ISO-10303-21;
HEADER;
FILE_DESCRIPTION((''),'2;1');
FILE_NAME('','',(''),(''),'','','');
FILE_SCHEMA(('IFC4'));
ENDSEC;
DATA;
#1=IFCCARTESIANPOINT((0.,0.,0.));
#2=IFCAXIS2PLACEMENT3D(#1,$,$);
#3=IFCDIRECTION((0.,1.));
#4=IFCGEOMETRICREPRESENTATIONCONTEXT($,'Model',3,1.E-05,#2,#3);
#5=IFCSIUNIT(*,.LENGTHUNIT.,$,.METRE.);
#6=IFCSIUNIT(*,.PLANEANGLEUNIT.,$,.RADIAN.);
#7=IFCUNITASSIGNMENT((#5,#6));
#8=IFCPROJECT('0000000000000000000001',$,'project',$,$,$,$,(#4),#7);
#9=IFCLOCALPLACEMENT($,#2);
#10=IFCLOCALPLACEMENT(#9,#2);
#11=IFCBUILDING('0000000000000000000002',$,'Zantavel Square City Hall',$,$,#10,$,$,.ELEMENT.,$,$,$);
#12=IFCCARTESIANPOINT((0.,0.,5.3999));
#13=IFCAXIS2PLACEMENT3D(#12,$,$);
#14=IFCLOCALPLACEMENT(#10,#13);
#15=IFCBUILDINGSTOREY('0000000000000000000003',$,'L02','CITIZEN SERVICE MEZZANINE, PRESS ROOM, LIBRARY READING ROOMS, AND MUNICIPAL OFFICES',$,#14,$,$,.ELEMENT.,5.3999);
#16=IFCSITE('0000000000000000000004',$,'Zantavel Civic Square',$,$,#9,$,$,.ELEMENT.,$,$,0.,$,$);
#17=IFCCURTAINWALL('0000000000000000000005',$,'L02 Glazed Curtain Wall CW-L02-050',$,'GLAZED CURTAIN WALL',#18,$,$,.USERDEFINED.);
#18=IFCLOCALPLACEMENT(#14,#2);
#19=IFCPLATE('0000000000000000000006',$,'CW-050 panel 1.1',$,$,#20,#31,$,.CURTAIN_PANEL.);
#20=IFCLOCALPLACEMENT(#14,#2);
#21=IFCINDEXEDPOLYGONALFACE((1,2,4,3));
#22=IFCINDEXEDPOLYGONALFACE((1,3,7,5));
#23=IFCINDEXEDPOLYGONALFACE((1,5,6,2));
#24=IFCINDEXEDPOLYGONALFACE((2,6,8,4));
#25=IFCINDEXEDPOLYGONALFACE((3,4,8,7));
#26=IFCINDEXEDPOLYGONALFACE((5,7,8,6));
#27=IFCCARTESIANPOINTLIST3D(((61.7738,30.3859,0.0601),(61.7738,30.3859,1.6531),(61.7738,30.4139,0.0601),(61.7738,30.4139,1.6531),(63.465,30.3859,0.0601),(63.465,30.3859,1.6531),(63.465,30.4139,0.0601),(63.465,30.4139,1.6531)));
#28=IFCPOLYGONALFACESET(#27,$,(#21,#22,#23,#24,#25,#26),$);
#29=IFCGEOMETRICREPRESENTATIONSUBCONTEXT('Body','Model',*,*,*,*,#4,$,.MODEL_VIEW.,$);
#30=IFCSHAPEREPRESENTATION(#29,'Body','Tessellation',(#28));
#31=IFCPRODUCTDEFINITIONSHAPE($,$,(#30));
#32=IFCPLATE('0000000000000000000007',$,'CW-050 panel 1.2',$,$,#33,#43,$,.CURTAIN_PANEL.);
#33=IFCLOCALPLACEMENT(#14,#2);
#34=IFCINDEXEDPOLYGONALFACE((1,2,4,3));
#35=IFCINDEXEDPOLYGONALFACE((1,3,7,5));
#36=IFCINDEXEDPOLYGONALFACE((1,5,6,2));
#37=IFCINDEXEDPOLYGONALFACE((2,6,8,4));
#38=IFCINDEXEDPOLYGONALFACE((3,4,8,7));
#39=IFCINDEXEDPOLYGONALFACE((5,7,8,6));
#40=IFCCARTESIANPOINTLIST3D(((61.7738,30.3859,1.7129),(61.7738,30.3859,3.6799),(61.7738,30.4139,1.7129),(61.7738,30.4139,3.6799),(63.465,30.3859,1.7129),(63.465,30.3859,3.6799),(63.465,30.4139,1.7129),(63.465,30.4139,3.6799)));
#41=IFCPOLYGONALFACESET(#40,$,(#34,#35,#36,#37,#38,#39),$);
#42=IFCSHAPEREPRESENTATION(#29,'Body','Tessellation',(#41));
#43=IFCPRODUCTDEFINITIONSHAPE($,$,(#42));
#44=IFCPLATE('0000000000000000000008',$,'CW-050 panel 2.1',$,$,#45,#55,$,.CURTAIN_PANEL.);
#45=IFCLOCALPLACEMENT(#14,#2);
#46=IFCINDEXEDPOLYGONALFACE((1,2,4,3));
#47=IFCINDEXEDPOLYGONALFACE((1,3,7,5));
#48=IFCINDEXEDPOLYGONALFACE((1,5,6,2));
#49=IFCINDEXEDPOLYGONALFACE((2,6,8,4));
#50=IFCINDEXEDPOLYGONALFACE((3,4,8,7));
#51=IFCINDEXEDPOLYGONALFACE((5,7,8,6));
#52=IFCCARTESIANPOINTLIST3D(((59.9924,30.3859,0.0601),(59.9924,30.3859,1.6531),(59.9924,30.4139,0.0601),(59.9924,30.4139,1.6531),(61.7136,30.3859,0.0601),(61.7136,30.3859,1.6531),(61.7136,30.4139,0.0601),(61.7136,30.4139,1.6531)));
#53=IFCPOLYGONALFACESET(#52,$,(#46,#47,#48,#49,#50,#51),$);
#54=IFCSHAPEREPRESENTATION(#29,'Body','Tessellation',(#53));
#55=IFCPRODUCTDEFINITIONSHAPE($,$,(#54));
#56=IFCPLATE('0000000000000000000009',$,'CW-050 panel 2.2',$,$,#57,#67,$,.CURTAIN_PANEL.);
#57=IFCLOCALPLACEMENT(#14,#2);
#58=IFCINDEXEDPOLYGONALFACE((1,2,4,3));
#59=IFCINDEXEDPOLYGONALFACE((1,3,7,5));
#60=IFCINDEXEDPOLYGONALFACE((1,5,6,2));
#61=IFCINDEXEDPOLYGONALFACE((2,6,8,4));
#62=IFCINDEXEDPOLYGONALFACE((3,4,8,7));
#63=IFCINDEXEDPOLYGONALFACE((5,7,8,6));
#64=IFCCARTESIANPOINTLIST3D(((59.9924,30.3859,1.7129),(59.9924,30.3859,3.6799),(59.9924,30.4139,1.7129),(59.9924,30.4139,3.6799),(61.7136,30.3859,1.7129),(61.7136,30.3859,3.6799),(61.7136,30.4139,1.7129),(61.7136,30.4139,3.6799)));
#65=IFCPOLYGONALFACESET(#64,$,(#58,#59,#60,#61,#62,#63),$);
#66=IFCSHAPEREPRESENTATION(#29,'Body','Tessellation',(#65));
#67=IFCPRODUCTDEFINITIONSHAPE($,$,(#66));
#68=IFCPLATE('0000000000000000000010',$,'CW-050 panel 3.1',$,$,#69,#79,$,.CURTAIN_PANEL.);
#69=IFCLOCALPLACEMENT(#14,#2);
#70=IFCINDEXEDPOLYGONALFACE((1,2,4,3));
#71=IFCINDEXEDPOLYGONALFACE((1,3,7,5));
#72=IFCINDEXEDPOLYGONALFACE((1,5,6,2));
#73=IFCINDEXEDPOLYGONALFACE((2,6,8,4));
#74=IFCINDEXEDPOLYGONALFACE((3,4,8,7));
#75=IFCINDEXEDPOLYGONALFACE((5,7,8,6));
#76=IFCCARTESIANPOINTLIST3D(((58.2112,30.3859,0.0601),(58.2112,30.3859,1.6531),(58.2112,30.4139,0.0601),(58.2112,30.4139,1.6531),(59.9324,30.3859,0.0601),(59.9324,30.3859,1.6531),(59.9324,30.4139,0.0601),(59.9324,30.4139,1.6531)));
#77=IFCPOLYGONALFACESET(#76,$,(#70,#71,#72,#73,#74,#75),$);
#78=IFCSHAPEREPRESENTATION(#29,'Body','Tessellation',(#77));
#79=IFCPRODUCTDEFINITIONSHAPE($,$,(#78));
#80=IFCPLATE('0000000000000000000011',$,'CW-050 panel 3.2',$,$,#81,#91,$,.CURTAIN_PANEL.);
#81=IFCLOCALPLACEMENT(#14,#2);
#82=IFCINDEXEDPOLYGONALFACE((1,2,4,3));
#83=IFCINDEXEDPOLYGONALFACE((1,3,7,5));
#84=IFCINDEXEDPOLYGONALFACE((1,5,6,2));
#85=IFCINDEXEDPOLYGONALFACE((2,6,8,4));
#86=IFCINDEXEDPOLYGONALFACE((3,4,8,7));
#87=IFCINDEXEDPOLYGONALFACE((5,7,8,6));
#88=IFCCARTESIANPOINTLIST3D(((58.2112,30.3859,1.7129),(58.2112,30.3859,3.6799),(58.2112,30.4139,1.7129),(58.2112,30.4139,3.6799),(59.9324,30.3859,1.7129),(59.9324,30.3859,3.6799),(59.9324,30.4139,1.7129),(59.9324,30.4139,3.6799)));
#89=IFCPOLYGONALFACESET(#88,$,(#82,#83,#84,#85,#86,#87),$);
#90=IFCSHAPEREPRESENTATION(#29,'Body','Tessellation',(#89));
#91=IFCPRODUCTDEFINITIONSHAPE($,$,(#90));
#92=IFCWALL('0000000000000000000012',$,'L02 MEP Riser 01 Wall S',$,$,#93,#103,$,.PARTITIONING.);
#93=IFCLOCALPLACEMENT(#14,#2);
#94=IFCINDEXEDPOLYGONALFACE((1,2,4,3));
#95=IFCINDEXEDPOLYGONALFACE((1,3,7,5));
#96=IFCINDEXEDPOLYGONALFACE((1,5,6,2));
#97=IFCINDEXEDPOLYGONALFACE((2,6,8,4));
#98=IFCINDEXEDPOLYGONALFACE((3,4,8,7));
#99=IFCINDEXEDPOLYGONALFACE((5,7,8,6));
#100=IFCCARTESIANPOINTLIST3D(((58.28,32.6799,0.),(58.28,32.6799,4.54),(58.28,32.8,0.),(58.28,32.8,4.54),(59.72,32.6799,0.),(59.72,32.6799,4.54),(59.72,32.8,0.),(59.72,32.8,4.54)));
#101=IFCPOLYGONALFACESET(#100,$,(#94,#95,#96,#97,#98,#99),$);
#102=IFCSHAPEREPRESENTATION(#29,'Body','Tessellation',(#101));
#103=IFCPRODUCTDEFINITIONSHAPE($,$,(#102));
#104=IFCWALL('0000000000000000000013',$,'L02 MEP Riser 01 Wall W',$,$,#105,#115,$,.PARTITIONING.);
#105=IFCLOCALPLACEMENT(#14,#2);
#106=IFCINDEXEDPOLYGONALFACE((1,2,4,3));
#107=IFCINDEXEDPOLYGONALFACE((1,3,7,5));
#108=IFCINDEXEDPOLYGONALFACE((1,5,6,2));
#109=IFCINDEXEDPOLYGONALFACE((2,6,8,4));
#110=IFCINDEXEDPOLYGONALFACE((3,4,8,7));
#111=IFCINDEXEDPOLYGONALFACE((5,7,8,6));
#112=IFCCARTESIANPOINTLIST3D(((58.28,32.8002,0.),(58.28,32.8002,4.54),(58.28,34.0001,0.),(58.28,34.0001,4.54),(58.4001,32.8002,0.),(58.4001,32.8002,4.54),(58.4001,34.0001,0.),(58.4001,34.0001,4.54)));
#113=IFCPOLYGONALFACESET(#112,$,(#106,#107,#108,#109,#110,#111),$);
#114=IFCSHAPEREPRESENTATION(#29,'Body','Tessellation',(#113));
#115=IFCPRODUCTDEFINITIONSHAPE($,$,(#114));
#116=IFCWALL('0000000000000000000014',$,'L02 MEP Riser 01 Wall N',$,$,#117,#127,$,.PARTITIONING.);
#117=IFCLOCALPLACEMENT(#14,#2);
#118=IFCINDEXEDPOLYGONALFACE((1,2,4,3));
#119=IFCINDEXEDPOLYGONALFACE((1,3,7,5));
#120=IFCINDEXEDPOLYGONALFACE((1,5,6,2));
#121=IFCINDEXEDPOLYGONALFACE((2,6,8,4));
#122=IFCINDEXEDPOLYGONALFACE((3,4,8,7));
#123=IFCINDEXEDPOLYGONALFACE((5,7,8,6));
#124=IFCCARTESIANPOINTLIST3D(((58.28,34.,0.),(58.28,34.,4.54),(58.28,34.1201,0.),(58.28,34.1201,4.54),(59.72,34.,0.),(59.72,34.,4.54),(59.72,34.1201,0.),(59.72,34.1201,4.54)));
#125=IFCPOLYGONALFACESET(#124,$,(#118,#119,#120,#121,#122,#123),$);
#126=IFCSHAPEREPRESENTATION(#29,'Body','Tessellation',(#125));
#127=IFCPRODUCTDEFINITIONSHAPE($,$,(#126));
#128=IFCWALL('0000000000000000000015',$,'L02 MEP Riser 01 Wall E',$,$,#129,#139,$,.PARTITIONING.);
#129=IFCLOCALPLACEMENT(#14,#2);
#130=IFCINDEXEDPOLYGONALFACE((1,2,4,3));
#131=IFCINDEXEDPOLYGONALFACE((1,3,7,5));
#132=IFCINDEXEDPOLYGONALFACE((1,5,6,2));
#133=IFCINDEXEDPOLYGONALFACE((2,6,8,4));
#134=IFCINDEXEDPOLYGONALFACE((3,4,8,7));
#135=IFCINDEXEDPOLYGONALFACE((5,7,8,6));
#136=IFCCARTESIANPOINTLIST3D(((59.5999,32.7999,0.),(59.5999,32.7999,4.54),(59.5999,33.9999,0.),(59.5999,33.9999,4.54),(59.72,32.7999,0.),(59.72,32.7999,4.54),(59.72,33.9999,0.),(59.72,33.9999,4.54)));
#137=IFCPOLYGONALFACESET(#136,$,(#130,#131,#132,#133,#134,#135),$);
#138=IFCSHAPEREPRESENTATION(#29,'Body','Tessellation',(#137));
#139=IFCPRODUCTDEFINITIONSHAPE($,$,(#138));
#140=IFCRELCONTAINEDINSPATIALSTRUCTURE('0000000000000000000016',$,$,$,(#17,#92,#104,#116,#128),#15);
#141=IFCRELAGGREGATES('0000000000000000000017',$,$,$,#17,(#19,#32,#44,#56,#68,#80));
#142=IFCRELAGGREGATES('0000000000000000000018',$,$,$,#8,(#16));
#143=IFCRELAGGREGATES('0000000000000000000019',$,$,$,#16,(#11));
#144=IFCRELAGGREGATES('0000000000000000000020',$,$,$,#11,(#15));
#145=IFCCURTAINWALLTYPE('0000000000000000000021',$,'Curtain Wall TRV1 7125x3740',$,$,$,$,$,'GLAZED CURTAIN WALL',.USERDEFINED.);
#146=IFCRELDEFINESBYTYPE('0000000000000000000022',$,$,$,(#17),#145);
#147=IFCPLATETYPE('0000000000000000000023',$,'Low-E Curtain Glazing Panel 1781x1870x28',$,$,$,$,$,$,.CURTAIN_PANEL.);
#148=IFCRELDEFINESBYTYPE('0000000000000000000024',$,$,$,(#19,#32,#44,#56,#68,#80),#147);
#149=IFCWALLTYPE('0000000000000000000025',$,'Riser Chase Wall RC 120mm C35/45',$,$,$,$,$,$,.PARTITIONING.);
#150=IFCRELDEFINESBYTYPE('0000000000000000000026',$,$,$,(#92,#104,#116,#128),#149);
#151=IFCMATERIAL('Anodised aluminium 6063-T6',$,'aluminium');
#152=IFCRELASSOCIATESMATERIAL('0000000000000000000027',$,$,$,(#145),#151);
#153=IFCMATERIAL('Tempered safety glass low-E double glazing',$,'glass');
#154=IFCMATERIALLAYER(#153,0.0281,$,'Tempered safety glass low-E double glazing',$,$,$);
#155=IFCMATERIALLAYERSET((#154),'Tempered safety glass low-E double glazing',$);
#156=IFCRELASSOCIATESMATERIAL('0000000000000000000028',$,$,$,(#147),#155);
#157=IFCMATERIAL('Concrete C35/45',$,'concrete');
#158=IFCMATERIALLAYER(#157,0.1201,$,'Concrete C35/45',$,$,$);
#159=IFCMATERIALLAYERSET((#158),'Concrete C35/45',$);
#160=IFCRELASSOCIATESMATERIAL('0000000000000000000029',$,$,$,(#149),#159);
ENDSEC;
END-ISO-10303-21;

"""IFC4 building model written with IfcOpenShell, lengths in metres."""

from ifc_helpers import new_model, si_unit, direction, frame, frame_2d, origin, origin_2d, place, context, subcontext, project, spatial, rectangle, extrude, material, layer, layer_set, type_object, element, aggregate, save


model = new_model("IFC4")

# Units and contexts
model_context = context("Model", 3, precision=1e-05, world=origin(), true_north=direction((0.0, 1.0)))
body_context = subcontext(model_context, "Body", "Model", "MODEL_VIEW")
ifc_project = project(units=[si_unit("LENGTHUNIT", "METRE"), si_unit("PLANEANGLEUNIT", "RADIAN")], contexts=[model_context])

# Site, building, storey
site_placement = place(None, origin())
site = spatial("IfcSite", under=ifc_project, at=site_placement, Name="Zantavel Civic Square", CompositionType="ELEMENT", RefElevation=0.0)
building_placement = place(site_placement, origin())
building = spatial("IfcBuilding", under=site, at=building_placement, Name="Zantavel Square City Hall", CompositionType="ELEMENT")
storey_placement = place(building_placement, frame((0.0, 0.0, 5.3999)))
storey = spatial("IfcBuildingStorey", under=building, at=storey_placement, Name="L02", Description="CITIZEN SERVICE MEZZANINE, PRESS ROOM, LIBRARY READING ROOMS, AND MUNICIPAL OFFICES", CompositionType="ELEMENT", Elevation=5.3999)

# Curtain wall
ifc_material_1 = material(Name="Anodised aluminium 6063-T6", Category="aluminium")
curtain_wall_type = type_object("IfcCurtainWallType", Name="Curtain Wall TRV1 7125x3740", ElementType="GLAZED CURTAIN WALL", PredefinedType="USERDEFINED", material=ifc_material_1)
curtain_wall_placement = place(storey_placement, origin())
curtain_wall = element("IfcCurtainWall", 1, at=curtain_wall_placement, inside=storey, type_object=curtain_wall_type, Name="L02 Glazed Curtain Wall CW-L02-050", ObjectType="GLAZED CURTAIN WALL", PredefinedType="USERDEFINED")

# Shared definitions
ifc_material_2 = material(Name="Concrete C35/45", Category="concrete")

# Plates
ifc_material_3 = material(Name="Tempered safety glass low-E double glazing", Category="glass")
ifc_layer_1 = layer(ifc_material_3, 0.0281, Name="Tempered safety glass low-E double glazing")
ifc_layer_set_1 = layer_set([ifc_layer_1], Name="Tempered safety glass low-E double glazing")
plate_type = type_object("IfcPlateType", Name="Low-E Curtain Glazing Panel 1781x1870x28", PredefinedType="CURTAIN_PANEL", material=ifc_layer_set_1)
plate_1_placement = place(storey_placement, frame((62.6194, 30.3999, 0.0601), z_axis=(0.0, 0.0, 1.0), x_axis=(-1.0, 0.0, 0.0)))
plate_1 = element("IfcPlate", 2, at=plate_1_placement, type_object=plate_type, Name="CW-050 panel 1.1", PredefinedType="CURTAIN_PANEL", context=body_context, shape_type="SweptSolid", body=[
    extrude(rectangle(XDim=1.6912, YDim=0.0281, at=origin_2d()), origin(), (0.0, 0.0, 1.0), 1.593),
])
plate_2_placement = place(storey_placement, frame((62.6194, 30.3999, 1.7129), z_axis=(0.0, 0.0, 1.0), x_axis=(-1.0, 0.0, 0.0)))
plate_2 = element("IfcPlate", 3, at=plate_2_placement, type_object=plate_type, Name="CW-050 panel 1.2", PredefinedType="CURTAIN_PANEL", context=body_context, shape_type="SweptSolid", body=[
    extrude(rectangle(XDim=1.6912, YDim=0.0281, at=origin_2d()), origin(), (0.0, 0.0, 1.0), 1.967),
])
plate_3_placement = place(storey_placement, frame((60.853, 30.3999, 0.0601), z_axis=(0.0, 0.0, 1.0), x_axis=(-1.0, 0.0, 0.0)))
plate_3 = element("IfcPlate", 4, at=plate_3_placement, type_object=plate_type, Name="CW-050 panel 2.1", PredefinedType="CURTAIN_PANEL", context=body_context, shape_type="SweptSolid", body=[
    extrude(rectangle(XDim=1.7212, YDim=0.0281, at=origin_2d()), origin(), (0.0, 0.0, 1.0), 1.593),
])
plate_4_placement = place(storey_placement, frame((60.853, 30.3999, 1.7129), z_axis=(0.0, 0.0, 1.0), x_axis=(-1.0, 0.0, 0.0)))
plate_4 = element("IfcPlate", 5, at=plate_4_placement, type_object=plate_type, Name="CW-050 panel 2.2", PredefinedType="CURTAIN_PANEL", context=body_context, shape_type="SweptSolid", body=[
    extrude(rectangle(XDim=1.7212, YDim=0.0281, at=origin_2d()), origin(), (0.0, 0.0, 1.0), 1.967),
])
plate_5_placement = place(storey_placement, frame((59.0718, 30.3999, 0.0601), z_axis=(0.0, 0.0, 1.0), x_axis=(-1.0, 0.0, 0.0)))
plate_5 = element("IfcPlate", 6, at=plate_5_placement, type_object=plate_type, Name="CW-050 panel 3.1", PredefinedType="CURTAIN_PANEL", context=body_context, shape_type="SweptSolid", body=[
    extrude(rectangle(XDim=1.7212, YDim=0.0281, at=origin_2d()), origin(), (0.0, 0.0, 1.0), 1.593),
])
plate_6_placement = place(storey_placement, frame((59.0718, 30.3999, 1.7129), z_axis=(0.0, 0.0, 1.0), x_axis=(-1.0, 0.0, 0.0)))
plate_6 = element("IfcPlate", 7, at=plate_6_placement, type_object=plate_type, Name="CW-050 panel 3.2", PredefinedType="CURTAIN_PANEL", context=body_context, shape_type="SweptSolid", body=[
    extrude(rectangle(XDim=1.7212, YDim=0.0281, at=origin_2d()), origin(), (0.0, 0.0, 1.0), 1.967),
])
aggregate(curtain_wall, [plate_1, plate_2, plate_3, plate_4, plate_5, plate_6])

# Walls
ifc_layer_2 = layer(ifc_material_2, 0.1201, Name="Concrete C35/45")
ifc_layer_set_2 = layer_set([ifc_layer_2], Name="Concrete C35/45")
wall_type = type_object("IfcWallType", Name="Riser Chase Wall RC 120mm C35/45", PredefinedType="PARTITIONING", material=ifc_layer_set_2)
wall_1_placement = place(storey_placement, frame((59.72, 32.74, 0.0), z_axis=(0.0, 0.0, 1.0), x_axis=(-1.0, 0.0, 0.0)))
element("IfcWall", 8, at=wall_1_placement, inside=storey, type_object=wall_type, Name="L02 MEP Riser 01 Wall S", PredefinedType="PARTITIONING", context=body_context, shape_type="SweptSolid", body=[
    extrude(rectangle(XDim=1.4399, YDim=0.1201, at=frame_2d((0.72, 0.0))), origin(), (0.0, 0.0, 1.0), 4.54),
])
wall_2_placement = place(storey_placement, frame((58.3401, 32.8, 0.0), z_axis=(0.0, 0.0, 1.0), x_axis=(0.0, 1.0, 0.0)))
element("IfcWall", 9, at=wall_2_placement, inside=storey, type_object=wall_type, Name="L02 MEP Riser 01 Wall W", PredefinedType="PARTITIONING", context=body_context, shape_type="SweptSolid", body=[
    extrude(rectangle(XDim=1.2, YDim=0.1201, at=frame_2d((0.6001, 0.0))), origin(), (0.0, 0.0, 1.0), 4.54),
])
wall_3_placement = place(storey_placement, frame((58.28, 34.0601, 0.0), z_axis=(0.0, 0.0, 1.0), x_axis=(1.0, 0.0, 0.0)))
element("IfcWall", 10, at=wall_3_placement, inside=storey, type_object=wall_type, Name="L02 MEP Riser 01 Wall N", PredefinedType="PARTITIONING", context=body_context, shape_type="SweptSolid", body=[
    extrude(rectangle(XDim=1.4399, YDim=0.1201, at=frame_2d((0.72, 0.0))), origin(), (0.0, 0.0, 1.0), 4.54),
])
wall_4_placement = place(storey_placement, frame((59.6599, 34.0, 0.0), z_axis=(0.0, 0.0, 1.0), x_axis=(0.0, -1.0, 0.0)))
element("IfcWall", 11, at=wall_4_placement, inside=storey, type_object=wall_type, Name="L02 MEP Riser 01 Wall E", PredefinedType="PARTITIONING", context=body_context, shape_type="SweptSolid", body=[
    extrude(rectangle(XDim=1.2, YDim=0.1201, at=frame_2d((0.6001, 0.0))), origin(), (0.0, 0.0, 1.0), 4.54),
])

save(model, "model.ifc")
